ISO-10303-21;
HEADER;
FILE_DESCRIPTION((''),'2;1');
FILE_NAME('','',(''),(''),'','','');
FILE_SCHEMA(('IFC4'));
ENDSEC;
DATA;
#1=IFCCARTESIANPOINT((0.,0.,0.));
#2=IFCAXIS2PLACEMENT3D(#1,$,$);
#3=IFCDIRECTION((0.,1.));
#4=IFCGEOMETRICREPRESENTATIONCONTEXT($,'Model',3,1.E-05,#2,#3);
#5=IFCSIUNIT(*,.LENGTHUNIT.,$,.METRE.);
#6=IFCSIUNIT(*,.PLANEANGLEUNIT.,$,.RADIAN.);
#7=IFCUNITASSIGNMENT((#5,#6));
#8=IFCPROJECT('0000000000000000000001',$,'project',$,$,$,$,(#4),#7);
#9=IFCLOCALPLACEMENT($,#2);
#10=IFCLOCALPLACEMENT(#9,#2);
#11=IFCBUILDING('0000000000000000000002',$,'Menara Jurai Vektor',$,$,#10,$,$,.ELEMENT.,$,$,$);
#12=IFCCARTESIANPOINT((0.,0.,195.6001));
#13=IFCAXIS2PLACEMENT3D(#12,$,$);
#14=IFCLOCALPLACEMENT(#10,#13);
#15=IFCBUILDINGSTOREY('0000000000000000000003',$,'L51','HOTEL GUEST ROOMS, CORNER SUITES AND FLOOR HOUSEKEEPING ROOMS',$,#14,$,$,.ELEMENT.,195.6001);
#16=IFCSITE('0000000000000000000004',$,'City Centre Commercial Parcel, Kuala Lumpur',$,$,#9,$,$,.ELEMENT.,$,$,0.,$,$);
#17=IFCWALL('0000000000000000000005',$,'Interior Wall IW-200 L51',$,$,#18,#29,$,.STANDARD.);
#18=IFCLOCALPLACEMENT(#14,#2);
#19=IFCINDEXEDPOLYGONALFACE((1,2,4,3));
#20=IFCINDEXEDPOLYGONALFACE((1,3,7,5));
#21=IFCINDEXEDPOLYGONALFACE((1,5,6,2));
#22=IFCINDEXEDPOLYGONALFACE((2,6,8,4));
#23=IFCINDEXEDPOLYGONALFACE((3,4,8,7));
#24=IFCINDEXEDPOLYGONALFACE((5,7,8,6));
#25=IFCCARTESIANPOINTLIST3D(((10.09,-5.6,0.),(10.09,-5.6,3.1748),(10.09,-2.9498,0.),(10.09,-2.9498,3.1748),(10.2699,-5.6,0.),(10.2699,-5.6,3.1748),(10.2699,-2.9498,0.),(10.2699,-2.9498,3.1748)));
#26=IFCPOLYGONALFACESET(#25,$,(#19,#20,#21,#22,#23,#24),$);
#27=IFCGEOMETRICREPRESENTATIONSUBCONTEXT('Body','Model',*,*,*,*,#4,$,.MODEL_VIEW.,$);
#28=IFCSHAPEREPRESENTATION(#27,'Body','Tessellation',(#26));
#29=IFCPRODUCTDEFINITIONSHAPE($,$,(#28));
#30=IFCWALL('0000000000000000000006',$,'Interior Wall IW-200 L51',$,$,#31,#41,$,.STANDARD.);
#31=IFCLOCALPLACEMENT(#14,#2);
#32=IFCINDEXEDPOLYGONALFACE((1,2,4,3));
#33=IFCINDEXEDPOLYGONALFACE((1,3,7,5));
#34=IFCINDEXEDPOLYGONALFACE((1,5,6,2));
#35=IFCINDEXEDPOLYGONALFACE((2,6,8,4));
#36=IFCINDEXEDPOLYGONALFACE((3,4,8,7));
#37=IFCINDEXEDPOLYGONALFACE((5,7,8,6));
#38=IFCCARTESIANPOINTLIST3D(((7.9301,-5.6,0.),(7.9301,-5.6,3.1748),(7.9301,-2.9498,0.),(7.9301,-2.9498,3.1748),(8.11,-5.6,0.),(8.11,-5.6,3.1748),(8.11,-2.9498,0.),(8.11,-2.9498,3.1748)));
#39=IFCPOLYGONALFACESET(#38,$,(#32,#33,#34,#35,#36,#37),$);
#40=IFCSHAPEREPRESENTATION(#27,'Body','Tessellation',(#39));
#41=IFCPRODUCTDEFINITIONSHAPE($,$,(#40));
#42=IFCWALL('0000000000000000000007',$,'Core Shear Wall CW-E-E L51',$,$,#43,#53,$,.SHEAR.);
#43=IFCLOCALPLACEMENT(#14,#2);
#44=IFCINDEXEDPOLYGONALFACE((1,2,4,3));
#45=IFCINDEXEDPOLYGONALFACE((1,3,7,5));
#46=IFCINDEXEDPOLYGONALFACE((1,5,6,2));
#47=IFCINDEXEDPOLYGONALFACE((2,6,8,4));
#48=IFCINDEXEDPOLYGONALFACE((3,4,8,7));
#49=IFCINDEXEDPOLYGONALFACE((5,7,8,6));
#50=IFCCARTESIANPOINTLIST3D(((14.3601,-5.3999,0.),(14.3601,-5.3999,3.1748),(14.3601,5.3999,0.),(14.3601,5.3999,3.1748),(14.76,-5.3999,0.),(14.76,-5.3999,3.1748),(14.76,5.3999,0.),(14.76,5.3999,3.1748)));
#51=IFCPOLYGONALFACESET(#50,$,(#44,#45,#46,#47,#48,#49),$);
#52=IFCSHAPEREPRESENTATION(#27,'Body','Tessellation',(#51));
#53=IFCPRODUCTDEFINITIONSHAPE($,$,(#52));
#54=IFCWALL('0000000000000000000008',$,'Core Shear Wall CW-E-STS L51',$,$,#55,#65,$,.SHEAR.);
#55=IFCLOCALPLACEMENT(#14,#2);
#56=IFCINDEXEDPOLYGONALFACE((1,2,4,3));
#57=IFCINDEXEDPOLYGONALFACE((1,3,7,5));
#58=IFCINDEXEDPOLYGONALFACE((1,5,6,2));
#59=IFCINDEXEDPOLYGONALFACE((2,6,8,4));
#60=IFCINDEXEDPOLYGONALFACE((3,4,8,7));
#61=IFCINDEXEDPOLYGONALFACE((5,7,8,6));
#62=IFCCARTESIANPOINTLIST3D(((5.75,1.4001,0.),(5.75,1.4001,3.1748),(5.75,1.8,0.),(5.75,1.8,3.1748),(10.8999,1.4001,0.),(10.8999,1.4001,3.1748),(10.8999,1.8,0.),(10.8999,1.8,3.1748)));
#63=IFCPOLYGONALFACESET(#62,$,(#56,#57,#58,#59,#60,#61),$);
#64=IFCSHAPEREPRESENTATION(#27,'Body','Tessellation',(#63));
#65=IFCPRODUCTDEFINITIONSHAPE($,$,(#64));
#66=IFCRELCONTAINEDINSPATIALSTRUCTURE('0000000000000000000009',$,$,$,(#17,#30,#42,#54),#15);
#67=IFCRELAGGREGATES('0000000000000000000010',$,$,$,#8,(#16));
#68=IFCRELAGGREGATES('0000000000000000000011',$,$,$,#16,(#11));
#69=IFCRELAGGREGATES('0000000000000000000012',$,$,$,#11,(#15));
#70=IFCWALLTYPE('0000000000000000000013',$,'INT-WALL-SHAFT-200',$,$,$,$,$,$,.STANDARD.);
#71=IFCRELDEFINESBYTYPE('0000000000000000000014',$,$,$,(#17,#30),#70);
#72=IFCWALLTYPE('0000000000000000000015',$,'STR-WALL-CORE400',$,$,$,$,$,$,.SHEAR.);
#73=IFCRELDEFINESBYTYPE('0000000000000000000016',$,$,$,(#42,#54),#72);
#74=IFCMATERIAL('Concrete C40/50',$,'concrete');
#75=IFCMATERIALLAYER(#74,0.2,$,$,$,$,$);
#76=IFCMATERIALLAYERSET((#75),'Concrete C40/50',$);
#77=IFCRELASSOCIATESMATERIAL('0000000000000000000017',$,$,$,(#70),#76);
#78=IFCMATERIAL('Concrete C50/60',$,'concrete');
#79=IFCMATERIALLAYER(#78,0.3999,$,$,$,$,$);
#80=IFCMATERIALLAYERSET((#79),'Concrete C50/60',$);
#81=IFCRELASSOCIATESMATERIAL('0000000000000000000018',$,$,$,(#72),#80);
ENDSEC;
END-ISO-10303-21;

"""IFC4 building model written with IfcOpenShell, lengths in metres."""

from ifc_helpers import new_model, si_unit, direction, frame, frame_2d, origin, place, context, subcontext, project, spatial, rectangle, extrude, material, layer, layer_set, type_object, element, save


model = new_model("IFC4")

# Units and contexts
model_context = context("Model", 3, precision=1e-05, world=origin(), true_north=direction((0.0, 1.0)))
body_context = subcontext(model_context, "Body", "Model", "MODEL_VIEW")
ifc_project = project(units=[si_unit("LENGTHUNIT", "METRE"), si_unit("PLANEANGLEUNIT", "RADIAN")], contexts=[model_context])

# Site, building, storey
site_placement = place(None, origin())
site = spatial("IfcSite", under=ifc_project, at=site_placement, Name="City Centre Commercial Parcel, Kuala Lumpur", CompositionType="ELEMENT", RefElevation=0.0)
building_placement = place(site_placement, origin())
building = spatial("IfcBuilding", under=site, at=building_placement, Name="Menara Jurai Vektor", CompositionType="ELEMENT")
storey_placement = place(building_placement, frame((0.0, 0.0, 195.6001)))
storey = spatial("IfcBuildingStorey", under=building, at=storey_placement, Name="L51", Description="HOTEL GUEST ROOMS, CORNER SUITES AND FLOOR HOUSEKEEPING ROOMS", CompositionType="ELEMENT", Elevation=195.6001)

# Shared definitions
ifc_material_1 = material(Name="Concrete C50/60", Category="concrete")

# Shared definitions
ifc_material_2 = material(Name="Concrete C40/50", Category="concrete")

# Shared definitions
ifc_layer_1 = layer(ifc_material_2, 0.2)
ifc_layer_set_1 = layer_set([ifc_layer_1], Name="Concrete C40/50")
wall_type_1 = type_object("IfcWallType", Name="INT-WALL-SHAFT-200", PredefinedType="STANDARD", material=ifc_layer_set_1)

# Walls
for number, where, z_axis, x_axis, name in (
    (1, (10.1799, -5.6001, 0.0), (0.0, 0.0, 1.0), (0.0, 1.0, 0.0), "Interior Wall IW-200 L51"),
    (2, (8.02, -5.6001, 0.0), (0.0, 0.0, 1.0), (0.0, 1.0, 0.0), "Interior Wall IW-200 L51"),
):
    element("IfcWall", number, at=place(storey_placement, frame(where, z_axis=z_axis, x_axis=x_axis)), inside=storey, type_object=wall_type_1, Name=name, PredefinedType="STANDARD", context=body_context, shape_type="SweptSolid", body=[
        extrude(rectangle(XDim=2.6501, YDim=0.1799, at=frame_2d((1.3252, 0.0))), origin(), (0.0, 0.0, 1.0), 3.1748),
    ])
ifc_layer_2 = layer(ifc_material_1, 0.3999)
ifc_layer_set_2 = layer_set([ifc_layer_2], Name="Concrete C50/60")
wall_type_2 = type_object("IfcWallType", Name="STR-WALL-CORE400", PredefinedType="SHEAR", material=ifc_layer_set_2)
wall_1_placement = place(storey_placement, frame((14.5601, -5.3999, 0.0), z_axis=(0.0, 0.0, 1.0), x_axis=(0.0, 1.0, 0.0)))
element("IfcWall", 3, at=wall_1_placement, inside=storey, type_object=wall_type_2, Name="Core Shear Wall CW-E-E L51", PredefinedType="SHEAR", context=body_context, shape_type="SweptSolid", body=[
    extrude(rectangle(XDim=10.7998, YDim=0.3999, at=frame_2d((5.3999, 0.0))), origin(), (0.0, 0.0, 1.0), 3.1748),
])
wall_2_placement = place(storey_placement, frame((5.75, 1.6001, 0.0), z_axis=(0.0, 0.0, 1.0), x_axis=(1.0, 0.0, 0.0)))
element("IfcWall", 4, at=wall_2_placement, inside=storey, type_object=wall_type_2, Name="Core Shear Wall CW-E-STS L51", PredefinedType="SHEAR", context=body_context, shape_type="SweptSolid", body=[
    extrude(rectangle(XDim=5.1499, YDim=0.3999, at=frame_2d((2.575, 0.0))), origin(), (0.0, 0.0, 1.0), 3.1748),
])

save(model, "model.ifc")
